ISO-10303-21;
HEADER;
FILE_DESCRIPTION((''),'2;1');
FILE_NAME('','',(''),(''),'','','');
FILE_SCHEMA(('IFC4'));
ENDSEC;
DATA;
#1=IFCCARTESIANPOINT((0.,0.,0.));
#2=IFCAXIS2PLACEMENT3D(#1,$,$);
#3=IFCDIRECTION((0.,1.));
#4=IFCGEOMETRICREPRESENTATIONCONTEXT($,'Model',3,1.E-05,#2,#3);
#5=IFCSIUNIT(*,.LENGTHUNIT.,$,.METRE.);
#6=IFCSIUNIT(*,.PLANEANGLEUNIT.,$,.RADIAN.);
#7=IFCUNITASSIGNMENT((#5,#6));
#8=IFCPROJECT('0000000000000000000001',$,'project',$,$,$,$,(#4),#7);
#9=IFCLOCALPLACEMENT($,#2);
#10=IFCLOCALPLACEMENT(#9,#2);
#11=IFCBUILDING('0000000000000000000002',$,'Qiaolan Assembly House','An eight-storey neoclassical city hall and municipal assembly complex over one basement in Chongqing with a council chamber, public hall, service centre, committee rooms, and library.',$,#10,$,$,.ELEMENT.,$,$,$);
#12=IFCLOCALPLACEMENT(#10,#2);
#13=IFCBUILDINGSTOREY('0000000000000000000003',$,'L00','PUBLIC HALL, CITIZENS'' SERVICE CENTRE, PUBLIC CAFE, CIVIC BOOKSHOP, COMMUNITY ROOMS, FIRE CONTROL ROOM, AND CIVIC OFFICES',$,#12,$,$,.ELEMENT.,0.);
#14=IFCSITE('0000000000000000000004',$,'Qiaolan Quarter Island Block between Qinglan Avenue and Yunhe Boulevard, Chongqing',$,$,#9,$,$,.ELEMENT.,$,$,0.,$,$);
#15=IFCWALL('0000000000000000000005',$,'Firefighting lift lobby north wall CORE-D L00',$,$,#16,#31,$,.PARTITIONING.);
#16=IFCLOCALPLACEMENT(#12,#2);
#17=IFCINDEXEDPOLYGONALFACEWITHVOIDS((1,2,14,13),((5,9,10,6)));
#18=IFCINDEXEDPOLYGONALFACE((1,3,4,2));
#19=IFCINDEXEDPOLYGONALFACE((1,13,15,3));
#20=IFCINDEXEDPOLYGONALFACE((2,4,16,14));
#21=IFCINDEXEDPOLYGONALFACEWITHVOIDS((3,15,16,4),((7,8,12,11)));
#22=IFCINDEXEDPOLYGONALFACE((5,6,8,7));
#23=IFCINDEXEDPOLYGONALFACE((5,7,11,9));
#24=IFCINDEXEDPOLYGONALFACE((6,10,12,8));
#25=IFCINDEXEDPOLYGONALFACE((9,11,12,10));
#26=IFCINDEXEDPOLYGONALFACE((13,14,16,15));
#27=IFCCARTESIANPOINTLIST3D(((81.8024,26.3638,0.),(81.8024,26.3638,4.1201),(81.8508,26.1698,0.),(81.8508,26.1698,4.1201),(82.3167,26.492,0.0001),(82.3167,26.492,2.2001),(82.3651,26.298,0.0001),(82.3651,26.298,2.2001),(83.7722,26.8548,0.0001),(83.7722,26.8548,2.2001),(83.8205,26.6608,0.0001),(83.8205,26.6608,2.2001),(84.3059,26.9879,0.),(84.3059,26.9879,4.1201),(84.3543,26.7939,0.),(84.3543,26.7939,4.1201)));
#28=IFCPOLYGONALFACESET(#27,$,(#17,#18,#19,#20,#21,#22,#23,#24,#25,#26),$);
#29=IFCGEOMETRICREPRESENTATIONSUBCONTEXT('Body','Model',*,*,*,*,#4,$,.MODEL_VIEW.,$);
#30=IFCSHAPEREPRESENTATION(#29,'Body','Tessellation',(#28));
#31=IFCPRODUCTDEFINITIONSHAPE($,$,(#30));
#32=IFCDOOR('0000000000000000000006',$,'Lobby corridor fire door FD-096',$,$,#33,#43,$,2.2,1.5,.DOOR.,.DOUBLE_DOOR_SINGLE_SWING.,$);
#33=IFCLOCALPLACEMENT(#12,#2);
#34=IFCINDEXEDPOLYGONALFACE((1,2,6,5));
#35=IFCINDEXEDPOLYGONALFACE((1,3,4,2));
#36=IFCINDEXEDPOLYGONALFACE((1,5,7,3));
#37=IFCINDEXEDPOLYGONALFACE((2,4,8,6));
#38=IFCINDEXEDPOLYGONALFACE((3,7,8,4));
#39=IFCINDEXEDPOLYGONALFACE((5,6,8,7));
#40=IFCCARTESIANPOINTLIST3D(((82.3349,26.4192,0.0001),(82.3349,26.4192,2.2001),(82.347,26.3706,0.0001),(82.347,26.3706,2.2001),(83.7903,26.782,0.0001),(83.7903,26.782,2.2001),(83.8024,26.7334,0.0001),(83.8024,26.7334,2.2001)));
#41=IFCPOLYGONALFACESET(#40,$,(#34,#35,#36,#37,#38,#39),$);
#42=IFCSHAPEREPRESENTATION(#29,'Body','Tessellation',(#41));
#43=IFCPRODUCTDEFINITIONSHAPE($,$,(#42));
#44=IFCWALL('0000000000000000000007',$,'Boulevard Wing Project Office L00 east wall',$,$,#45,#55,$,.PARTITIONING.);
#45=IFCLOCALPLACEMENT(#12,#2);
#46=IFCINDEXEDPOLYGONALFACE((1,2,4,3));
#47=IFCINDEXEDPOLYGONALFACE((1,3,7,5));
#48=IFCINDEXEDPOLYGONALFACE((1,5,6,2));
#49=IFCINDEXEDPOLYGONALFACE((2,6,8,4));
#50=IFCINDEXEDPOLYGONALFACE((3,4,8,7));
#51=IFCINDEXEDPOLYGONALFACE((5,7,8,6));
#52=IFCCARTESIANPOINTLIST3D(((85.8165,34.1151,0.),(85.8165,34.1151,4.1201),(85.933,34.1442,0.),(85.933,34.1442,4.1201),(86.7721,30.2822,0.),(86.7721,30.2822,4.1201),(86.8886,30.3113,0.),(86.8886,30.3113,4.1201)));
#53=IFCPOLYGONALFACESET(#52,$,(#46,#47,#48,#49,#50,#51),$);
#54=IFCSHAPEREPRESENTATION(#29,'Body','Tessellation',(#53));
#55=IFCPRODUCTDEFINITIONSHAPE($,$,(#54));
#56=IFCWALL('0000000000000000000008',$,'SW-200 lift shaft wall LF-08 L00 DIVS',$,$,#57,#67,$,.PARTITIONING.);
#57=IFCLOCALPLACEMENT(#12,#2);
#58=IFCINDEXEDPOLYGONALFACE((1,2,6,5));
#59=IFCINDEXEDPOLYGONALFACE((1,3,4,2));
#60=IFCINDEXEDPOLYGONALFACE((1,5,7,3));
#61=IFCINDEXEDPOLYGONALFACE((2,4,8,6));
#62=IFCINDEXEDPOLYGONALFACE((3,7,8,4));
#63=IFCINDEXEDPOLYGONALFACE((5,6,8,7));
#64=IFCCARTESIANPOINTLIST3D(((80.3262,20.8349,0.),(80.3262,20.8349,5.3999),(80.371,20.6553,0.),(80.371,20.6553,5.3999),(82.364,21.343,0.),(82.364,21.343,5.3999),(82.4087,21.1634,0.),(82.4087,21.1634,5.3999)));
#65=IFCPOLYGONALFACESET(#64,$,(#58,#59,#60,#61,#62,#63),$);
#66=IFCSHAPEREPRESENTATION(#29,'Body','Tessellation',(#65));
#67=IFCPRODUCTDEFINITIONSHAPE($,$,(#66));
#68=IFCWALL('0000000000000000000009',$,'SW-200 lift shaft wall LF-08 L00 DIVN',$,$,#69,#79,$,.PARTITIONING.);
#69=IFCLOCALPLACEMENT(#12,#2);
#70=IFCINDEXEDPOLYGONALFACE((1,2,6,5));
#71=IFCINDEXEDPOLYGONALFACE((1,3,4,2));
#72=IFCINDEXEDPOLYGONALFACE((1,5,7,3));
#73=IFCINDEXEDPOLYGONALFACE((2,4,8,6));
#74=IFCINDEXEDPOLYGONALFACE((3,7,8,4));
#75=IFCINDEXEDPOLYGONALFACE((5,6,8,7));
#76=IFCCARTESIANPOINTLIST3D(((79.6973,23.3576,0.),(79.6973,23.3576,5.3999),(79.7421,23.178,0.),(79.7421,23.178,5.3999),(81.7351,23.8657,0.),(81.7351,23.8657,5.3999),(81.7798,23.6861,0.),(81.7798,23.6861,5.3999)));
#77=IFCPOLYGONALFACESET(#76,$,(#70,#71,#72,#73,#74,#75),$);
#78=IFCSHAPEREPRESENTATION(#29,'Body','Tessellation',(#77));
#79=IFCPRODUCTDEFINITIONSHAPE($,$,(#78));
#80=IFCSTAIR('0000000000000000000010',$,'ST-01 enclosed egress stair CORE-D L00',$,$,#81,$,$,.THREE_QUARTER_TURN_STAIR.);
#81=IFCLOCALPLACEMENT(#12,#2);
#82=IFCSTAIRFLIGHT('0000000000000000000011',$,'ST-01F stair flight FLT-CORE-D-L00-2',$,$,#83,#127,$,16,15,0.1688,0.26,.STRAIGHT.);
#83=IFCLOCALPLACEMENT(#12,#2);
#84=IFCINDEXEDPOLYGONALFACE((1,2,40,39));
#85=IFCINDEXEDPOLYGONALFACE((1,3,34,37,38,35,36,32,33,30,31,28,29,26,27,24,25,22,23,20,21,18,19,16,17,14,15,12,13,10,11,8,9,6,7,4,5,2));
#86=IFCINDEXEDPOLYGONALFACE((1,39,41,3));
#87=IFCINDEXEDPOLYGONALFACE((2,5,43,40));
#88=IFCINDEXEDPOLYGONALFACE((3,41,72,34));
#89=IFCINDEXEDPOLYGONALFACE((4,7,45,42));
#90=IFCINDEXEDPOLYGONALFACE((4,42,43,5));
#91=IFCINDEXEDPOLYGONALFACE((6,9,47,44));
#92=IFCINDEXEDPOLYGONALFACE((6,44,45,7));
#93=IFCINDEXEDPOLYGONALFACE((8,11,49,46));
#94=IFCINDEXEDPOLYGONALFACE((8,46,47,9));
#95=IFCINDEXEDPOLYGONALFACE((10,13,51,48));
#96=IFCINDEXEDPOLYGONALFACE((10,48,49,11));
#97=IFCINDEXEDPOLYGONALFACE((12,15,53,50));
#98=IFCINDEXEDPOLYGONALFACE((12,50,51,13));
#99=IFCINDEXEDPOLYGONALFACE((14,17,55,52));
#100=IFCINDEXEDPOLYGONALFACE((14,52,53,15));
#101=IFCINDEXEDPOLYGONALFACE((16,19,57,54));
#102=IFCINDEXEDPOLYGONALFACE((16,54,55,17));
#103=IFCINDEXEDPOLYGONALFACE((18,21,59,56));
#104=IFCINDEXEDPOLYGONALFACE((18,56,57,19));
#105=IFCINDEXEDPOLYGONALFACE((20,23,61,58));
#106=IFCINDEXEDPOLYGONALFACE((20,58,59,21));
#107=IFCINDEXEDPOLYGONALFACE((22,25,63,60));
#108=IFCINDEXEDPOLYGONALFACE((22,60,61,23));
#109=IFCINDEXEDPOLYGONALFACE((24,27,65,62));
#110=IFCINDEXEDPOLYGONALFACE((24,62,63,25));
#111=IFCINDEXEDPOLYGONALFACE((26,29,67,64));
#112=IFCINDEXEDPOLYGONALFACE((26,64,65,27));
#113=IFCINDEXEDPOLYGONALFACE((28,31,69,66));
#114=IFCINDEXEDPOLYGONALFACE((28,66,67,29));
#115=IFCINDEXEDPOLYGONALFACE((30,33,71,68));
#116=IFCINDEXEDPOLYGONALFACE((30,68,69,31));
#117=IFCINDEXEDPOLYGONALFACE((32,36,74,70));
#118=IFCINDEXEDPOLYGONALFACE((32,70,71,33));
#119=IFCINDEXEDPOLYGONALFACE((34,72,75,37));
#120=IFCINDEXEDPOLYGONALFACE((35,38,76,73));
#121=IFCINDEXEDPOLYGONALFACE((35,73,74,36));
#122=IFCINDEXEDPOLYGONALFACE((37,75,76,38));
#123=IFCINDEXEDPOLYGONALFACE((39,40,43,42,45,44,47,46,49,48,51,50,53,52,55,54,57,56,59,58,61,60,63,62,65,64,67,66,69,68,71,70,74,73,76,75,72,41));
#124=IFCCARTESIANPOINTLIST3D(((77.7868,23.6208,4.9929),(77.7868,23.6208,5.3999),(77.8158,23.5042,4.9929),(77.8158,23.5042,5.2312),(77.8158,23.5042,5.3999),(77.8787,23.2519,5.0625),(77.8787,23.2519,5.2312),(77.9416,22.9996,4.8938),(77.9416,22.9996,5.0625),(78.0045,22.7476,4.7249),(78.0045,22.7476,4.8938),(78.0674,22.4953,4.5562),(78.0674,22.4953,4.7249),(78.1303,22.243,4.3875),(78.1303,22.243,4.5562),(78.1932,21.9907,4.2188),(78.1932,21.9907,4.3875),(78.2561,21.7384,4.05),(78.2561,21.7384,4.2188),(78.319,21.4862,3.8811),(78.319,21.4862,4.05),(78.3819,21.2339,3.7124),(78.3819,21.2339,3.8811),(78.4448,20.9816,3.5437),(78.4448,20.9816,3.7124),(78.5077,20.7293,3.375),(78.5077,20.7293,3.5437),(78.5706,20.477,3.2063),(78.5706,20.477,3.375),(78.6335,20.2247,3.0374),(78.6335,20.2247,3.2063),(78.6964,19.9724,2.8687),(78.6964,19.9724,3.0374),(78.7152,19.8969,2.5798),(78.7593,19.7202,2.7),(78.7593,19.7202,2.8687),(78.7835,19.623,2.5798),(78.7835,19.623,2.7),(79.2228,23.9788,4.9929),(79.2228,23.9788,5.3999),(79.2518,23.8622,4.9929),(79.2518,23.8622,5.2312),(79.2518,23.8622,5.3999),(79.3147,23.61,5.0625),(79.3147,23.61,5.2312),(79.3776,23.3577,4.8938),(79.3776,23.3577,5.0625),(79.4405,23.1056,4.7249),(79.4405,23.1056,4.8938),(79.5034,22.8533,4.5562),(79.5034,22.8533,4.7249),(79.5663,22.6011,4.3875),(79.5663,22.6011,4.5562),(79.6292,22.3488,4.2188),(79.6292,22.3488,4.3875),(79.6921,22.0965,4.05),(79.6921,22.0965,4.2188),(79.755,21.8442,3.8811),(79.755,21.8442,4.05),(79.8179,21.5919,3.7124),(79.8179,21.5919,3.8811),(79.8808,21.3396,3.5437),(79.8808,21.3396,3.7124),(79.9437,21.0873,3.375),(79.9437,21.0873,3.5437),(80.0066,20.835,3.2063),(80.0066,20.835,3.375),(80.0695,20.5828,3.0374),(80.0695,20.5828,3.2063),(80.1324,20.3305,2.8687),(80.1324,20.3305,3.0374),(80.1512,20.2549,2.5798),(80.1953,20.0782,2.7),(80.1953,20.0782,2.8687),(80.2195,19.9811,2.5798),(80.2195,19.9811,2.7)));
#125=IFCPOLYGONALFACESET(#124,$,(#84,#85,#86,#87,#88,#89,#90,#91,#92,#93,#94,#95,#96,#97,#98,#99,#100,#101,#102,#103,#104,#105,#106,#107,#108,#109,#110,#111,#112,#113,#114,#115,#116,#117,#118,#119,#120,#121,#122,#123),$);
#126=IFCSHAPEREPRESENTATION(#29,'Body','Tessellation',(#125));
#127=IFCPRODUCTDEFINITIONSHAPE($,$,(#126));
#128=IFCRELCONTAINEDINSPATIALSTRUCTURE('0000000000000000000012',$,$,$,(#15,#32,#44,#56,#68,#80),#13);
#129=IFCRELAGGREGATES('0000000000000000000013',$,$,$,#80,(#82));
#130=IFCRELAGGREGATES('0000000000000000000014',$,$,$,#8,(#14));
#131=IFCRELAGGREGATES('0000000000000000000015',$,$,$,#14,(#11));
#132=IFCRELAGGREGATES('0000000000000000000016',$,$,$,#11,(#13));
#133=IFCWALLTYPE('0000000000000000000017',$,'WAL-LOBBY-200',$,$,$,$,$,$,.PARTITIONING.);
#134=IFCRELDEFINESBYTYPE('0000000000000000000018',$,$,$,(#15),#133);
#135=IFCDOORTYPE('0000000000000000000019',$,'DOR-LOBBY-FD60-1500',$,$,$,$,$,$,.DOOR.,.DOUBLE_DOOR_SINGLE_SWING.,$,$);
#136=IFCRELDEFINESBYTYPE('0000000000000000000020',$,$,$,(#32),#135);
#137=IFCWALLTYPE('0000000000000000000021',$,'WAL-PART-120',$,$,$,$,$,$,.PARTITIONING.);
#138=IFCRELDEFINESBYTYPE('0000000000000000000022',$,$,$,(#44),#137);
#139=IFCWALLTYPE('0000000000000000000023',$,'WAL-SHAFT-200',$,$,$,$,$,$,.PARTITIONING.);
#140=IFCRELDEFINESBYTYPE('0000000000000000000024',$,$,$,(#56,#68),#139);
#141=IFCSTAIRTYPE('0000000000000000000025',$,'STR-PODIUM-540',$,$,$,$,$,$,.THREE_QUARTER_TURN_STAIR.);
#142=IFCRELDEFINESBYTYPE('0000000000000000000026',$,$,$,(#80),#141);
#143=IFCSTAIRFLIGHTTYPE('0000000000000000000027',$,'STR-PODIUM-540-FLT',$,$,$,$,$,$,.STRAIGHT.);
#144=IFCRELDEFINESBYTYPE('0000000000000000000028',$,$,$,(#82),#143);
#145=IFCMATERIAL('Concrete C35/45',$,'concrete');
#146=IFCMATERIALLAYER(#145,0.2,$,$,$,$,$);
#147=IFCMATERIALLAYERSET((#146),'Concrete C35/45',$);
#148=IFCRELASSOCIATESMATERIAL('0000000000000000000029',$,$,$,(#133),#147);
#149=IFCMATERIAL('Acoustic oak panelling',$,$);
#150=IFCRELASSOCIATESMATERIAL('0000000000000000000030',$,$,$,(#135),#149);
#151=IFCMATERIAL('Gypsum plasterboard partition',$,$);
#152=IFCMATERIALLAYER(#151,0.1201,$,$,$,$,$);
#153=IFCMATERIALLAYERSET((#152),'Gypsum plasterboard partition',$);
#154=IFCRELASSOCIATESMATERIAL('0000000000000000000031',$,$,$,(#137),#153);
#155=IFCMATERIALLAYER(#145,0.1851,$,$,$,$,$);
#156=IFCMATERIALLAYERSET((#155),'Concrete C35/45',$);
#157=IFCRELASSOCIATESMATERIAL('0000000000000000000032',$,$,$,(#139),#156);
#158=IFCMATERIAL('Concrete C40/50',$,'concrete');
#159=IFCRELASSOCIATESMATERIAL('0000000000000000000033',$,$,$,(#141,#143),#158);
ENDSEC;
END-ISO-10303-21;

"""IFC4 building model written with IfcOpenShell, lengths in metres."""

from ifc_helpers import new_model, si_unit, direction, frame, frame_2d, origin, place, context, subcontext, project, spatial, polyline, rectangle, outline, extrude, material, layer, layer_set, type_object, element, fill, aggregate, save


model = new_model("IFC4")

# Units and contexts
model_context = context("Model", 3, precision=1e-05, world=origin(), true_north=direction((0.0, 1.0)))
body_context = subcontext(model_context, "Body", "Model", "MODEL_VIEW")
ifc_project = project(units=[si_unit("LENGTHUNIT", "METRE"), si_unit("PLANEANGLEUNIT", "RADIAN")], contexts=[model_context])

# Site, building, storey
site_placement = place(None, origin())
site = spatial("IfcSite", under=ifc_project, at=site_placement, Name="Qiaolan Quarter Island Block between Qinglan Avenue and Yunhe Boulevard, Chongqing", CompositionType="ELEMENT", RefElevation=0.0)
building_placement = place(site_placement, origin())
building = spatial("IfcBuilding", under=site, at=building_placement, Name="Qiaolan Assembly House", Description="An eight-storey neoclassical city hall and municipal assembly complex over one basement in Chongqing with a council chamber, public hall, service centre, committee rooms, and library.", CompositionType="ELEMENT")
storey_placement = place(building_placement, origin())
storey = spatial("IfcBuildingStorey", under=building, at=storey_placement, Name="L00", Description="PUBLIC HALL, CITIZENS' SERVICE CENTRE, PUBLIC CAFE, CIVIC BOOKSHOP, COMMUNITY ROOMS, FIRE CONTROL ROOM, AND CIVIC OFFICES", CompositionType="ELEMENT", Elevation=0.0)

# Shared definitions
ifc_material_1 = material(Name="Concrete C40/50", Category="concrete")

# Shared definitions
ifc_material_2 = material(Name="Concrete C35/45", Category="concrete")
ifc_layer_1 = layer(ifc_material_2, 0.2)
ifc_layer_set_1 = layer_set([ifc_layer_1], Name="Concrete C35/45")
wall_type_1 = type_object("IfcWallType", Name="WAL-LOBBY-200", PredefinedType="PARTITIONING", material=ifc_layer_set_1)

# Wall, opening, door
wall_1_placement = place(storey_placement, frame((84.3301, 26.8909, 0.0), z_axis=(0.0, 0.0, 1.0), x_axis=(-0.970309, -0.241868, 0.0)))
wall_1 = element("IfcWall", 1, at=wall_1_placement, inside=storey, type_object=wall_type_1, Name="Firefighting lift lobby north wall CORE-D L00", PredefinedType="PARTITIONING", context=body_context, shape_type="SweptSolid", body=[
    extrude(rectangle(XDim=2.5801, YDim=0.2, at=frame_2d((1.29, 0.0))), origin(), (0.0, 0.0, 1.0), 4.1201),
])
opening_1_placement = place(wall_1_placement, frame((0.55, 0.0, 0.0)))
opening_1 = element("IfcOpeningElement", 2, at=opening_1_placement, cuts=wall_1, PredefinedType="OPENING", context=body_context, shape_type="SweptSolid", body=[
    extrude(rectangle(XDim=1.5, YDim=2.2, at=frame_2d((0.75, 1.1001))), frame((0.0, 0.1099, 0.0), z_axis=(0.0, -1.0, 0.0), x_axis=(1.0, 0.0, 0.0)), (0.0, 0.0, 1.0), 0.22),
])
ifc_material_3 = material(Name="Acoustic oak panelling")
door_type_1 = type_object("IfcDoorType", Name="DOR-LOBBY-FD60-1500", OperationType="DOUBLE_DOOR_SINGLE_SWING", PredefinedType="DOOR", material=ifc_material_3)
door_1_placement = place(opening_1_placement, frame((1.5, 0.0, 0.0), z_axis=(0.0, 0.0, 1.0), x_axis=(-1.0, 0.0, 0.0)))
door_1 = element("IfcDoor", 3, at=door_1_placement, inside=storey, type_object=door_type_1, Name="Lobby corridor fire door FD-096", OperationType="DOUBLE_DOOR_SINGLE_SWING", OverallHeight=2.2, OverallWidth=1.5, PredefinedType="DOOR", context=body_context, shape_type="SweptSolid", body=[
    extrude(rectangle(XDim=1.5, YDim=2.2, at=frame_2d((0.75, 1.1001))), frame((0.0, 0.0249, 0.0), z_axis=(0.0, -1.0, 0.0), x_axis=(1.0, 0.0, 0.0)), (0.0, 0.0, 1.0), 0.05),
])
fill(opening_1, door_1)

# Walls
ifc_material_4 = material(Name="Gypsum plasterboard partition")
ifc_layer_2 = layer(ifc_material_4, 0.1201)
ifc_layer_set_2 = layer_set([ifc_layer_2], Name="Gypsum plasterboard partition")
wall_type_2 = type_object("IfcWallType", Name="WAL-PART-120", PredefinedType="PARTITIONING", material=ifc_layer_set_2)
wall_2_placement = place(storey_placement, frame((85.8748, 34.1296, 0.0), z_axis=(0.0, 0.0, 1.0), x_axis=(0.24191, -0.970299, 0.0)))
element("IfcWall", 4, at=wall_2_placement, inside=storey, type_object=wall_type_2, Name="Boulevard Wing Project Office L00 east wall", PredefinedType="PARTITIONING", context=body_context, shape_type="SweptSolid", body=[
    extrude(rectangle(XDim=3.9502, YDim=0.1201, at=frame_2d((1.9751, 0.0))), origin(), (0.0, 0.0, 1.0), 4.1201),
])
ifc_layer_3 = layer(ifc_material_2, 0.1851)
ifc_layer_set_3 = layer_set([ifc_layer_3], Name="Concrete C35/45")
wall_type_3 = type_object("IfcWallType", Name="WAL-SHAFT-200", PredefinedType="PARTITIONING", material=ifc_layer_set_3)
for number, where, z_axis, x_axis, name in (
    (5, (80.3486, 20.7451, 0.0), (0.0, 0.0, 1.0), (0.970293, 0.241934, 0.0), "SW-200 lift shaft wall LF-08 L00 DIVS"),
    (6, (79.7197, 23.2678, 0.0), (0.0, 0.0, 1.0), (0.970293, 0.241934, 0.0), "SW-200 lift shaft wall LF-08 L00 DIVN"),
):
    element("IfcWall", number, at=place(storey_placement, frame(where, z_axis=z_axis, x_axis=x_axis)), inside=storey, type_object=wall_type_3, Name=name, PredefinedType="PARTITIONING", context=body_context, shape_type="SweptSolid", body=[
        extrude(rectangle(XDim=2.1001, YDim=0.1851, at=frame_2d((1.05, 0.0))), origin(), (0.0, 0.0, 1.0), 5.3999),
    ])

# Stair, stair flight
stair_type = type_object("IfcStairType", Name="STR-PODIUM-540", PredefinedType="THREE_QUARTER_TURN_STAIR", material=ifc_material_1)
stair_placement = place(storey_placement, origin())
stair = element("IfcStair", 7, at=stair_placement, inside=storey, type_object=stair_type, Name="ST-01 enclosed egress stair CORE-D L00", PredefinedType="THREE_QUARTER_TURN_STAIR")
stair_flight_type = type_object("IfcStairFlightType", Name="STR-PODIUM-540-FLT", PredefinedType="STRAIGHT", material=ifc_material_1)
stair_flight_placement = place(storey_placement, frame((79.4773, 19.8992, 2.7), z_axis=(0.0, 0.0, 1.0), x_axis=(-0.241922, 0.970296, 0.0)))
stair_flight = element("IfcStairFlight", 8, at=stair_flight_placement, type_object=stair_flight_type, Name="ST-01F stair flight FLT-CORE-D-L00-2", NumberOfRisers=16, NumberOfTreads=15, PredefinedType="STRAIGHT", RiserHeight=0.1688, TreadLength=0.26, context=body_context, shape_type="SweptSolid", body=[
    extrude(outline(polyline([(-0.1001, -0.1201), (-0.1001, 0.0), (0.0, 0.0), (0.0, 0.1687), (0.26, 0.1687), (0.26, 0.3374), (0.52, 0.3374), (0.52, 0.5063), (0.78, 0.5063), (0.78, 0.675), (1.04, 0.675), (1.04, 0.8438), (1.3, 0.8438), (1.3, 1.0125), (1.5601, 1.0125), (1.5601, 1.1812), (1.8201, 1.1812), (1.8201, 1.3501), (2.0801, 1.3501), (2.0801, 1.5188), (2.3401, 1.5188), (2.3401, 1.6875), (2.6001, 1.6875), (2.6001, 1.8562), (2.8601, 1.8562), (2.8601, 2.0249), (3.1201, 2.0249), (3.1201, 2.1938), (3.3799, 2.1938), (3.3799, 2.3625), (3.6399, 2.3625), (3.6399, 2.5312), (3.8999, 2.5312), (3.8999, 2.7), (4.02, 2.7), (4.02, 2.293), (3.8999, 2.293), (0.1821, -0.1201), (-0.1001, -0.1201)])), frame((0.0, 0.74, 0.0), z_axis=(0.0, -1.0, 0.0), x_axis=(1.0, 0.0, 0.0)), (0.0, 0.0, 1.0), 1.48),
])
aggregate(stair, [stair_flight])

save(model, "model.ifc")
